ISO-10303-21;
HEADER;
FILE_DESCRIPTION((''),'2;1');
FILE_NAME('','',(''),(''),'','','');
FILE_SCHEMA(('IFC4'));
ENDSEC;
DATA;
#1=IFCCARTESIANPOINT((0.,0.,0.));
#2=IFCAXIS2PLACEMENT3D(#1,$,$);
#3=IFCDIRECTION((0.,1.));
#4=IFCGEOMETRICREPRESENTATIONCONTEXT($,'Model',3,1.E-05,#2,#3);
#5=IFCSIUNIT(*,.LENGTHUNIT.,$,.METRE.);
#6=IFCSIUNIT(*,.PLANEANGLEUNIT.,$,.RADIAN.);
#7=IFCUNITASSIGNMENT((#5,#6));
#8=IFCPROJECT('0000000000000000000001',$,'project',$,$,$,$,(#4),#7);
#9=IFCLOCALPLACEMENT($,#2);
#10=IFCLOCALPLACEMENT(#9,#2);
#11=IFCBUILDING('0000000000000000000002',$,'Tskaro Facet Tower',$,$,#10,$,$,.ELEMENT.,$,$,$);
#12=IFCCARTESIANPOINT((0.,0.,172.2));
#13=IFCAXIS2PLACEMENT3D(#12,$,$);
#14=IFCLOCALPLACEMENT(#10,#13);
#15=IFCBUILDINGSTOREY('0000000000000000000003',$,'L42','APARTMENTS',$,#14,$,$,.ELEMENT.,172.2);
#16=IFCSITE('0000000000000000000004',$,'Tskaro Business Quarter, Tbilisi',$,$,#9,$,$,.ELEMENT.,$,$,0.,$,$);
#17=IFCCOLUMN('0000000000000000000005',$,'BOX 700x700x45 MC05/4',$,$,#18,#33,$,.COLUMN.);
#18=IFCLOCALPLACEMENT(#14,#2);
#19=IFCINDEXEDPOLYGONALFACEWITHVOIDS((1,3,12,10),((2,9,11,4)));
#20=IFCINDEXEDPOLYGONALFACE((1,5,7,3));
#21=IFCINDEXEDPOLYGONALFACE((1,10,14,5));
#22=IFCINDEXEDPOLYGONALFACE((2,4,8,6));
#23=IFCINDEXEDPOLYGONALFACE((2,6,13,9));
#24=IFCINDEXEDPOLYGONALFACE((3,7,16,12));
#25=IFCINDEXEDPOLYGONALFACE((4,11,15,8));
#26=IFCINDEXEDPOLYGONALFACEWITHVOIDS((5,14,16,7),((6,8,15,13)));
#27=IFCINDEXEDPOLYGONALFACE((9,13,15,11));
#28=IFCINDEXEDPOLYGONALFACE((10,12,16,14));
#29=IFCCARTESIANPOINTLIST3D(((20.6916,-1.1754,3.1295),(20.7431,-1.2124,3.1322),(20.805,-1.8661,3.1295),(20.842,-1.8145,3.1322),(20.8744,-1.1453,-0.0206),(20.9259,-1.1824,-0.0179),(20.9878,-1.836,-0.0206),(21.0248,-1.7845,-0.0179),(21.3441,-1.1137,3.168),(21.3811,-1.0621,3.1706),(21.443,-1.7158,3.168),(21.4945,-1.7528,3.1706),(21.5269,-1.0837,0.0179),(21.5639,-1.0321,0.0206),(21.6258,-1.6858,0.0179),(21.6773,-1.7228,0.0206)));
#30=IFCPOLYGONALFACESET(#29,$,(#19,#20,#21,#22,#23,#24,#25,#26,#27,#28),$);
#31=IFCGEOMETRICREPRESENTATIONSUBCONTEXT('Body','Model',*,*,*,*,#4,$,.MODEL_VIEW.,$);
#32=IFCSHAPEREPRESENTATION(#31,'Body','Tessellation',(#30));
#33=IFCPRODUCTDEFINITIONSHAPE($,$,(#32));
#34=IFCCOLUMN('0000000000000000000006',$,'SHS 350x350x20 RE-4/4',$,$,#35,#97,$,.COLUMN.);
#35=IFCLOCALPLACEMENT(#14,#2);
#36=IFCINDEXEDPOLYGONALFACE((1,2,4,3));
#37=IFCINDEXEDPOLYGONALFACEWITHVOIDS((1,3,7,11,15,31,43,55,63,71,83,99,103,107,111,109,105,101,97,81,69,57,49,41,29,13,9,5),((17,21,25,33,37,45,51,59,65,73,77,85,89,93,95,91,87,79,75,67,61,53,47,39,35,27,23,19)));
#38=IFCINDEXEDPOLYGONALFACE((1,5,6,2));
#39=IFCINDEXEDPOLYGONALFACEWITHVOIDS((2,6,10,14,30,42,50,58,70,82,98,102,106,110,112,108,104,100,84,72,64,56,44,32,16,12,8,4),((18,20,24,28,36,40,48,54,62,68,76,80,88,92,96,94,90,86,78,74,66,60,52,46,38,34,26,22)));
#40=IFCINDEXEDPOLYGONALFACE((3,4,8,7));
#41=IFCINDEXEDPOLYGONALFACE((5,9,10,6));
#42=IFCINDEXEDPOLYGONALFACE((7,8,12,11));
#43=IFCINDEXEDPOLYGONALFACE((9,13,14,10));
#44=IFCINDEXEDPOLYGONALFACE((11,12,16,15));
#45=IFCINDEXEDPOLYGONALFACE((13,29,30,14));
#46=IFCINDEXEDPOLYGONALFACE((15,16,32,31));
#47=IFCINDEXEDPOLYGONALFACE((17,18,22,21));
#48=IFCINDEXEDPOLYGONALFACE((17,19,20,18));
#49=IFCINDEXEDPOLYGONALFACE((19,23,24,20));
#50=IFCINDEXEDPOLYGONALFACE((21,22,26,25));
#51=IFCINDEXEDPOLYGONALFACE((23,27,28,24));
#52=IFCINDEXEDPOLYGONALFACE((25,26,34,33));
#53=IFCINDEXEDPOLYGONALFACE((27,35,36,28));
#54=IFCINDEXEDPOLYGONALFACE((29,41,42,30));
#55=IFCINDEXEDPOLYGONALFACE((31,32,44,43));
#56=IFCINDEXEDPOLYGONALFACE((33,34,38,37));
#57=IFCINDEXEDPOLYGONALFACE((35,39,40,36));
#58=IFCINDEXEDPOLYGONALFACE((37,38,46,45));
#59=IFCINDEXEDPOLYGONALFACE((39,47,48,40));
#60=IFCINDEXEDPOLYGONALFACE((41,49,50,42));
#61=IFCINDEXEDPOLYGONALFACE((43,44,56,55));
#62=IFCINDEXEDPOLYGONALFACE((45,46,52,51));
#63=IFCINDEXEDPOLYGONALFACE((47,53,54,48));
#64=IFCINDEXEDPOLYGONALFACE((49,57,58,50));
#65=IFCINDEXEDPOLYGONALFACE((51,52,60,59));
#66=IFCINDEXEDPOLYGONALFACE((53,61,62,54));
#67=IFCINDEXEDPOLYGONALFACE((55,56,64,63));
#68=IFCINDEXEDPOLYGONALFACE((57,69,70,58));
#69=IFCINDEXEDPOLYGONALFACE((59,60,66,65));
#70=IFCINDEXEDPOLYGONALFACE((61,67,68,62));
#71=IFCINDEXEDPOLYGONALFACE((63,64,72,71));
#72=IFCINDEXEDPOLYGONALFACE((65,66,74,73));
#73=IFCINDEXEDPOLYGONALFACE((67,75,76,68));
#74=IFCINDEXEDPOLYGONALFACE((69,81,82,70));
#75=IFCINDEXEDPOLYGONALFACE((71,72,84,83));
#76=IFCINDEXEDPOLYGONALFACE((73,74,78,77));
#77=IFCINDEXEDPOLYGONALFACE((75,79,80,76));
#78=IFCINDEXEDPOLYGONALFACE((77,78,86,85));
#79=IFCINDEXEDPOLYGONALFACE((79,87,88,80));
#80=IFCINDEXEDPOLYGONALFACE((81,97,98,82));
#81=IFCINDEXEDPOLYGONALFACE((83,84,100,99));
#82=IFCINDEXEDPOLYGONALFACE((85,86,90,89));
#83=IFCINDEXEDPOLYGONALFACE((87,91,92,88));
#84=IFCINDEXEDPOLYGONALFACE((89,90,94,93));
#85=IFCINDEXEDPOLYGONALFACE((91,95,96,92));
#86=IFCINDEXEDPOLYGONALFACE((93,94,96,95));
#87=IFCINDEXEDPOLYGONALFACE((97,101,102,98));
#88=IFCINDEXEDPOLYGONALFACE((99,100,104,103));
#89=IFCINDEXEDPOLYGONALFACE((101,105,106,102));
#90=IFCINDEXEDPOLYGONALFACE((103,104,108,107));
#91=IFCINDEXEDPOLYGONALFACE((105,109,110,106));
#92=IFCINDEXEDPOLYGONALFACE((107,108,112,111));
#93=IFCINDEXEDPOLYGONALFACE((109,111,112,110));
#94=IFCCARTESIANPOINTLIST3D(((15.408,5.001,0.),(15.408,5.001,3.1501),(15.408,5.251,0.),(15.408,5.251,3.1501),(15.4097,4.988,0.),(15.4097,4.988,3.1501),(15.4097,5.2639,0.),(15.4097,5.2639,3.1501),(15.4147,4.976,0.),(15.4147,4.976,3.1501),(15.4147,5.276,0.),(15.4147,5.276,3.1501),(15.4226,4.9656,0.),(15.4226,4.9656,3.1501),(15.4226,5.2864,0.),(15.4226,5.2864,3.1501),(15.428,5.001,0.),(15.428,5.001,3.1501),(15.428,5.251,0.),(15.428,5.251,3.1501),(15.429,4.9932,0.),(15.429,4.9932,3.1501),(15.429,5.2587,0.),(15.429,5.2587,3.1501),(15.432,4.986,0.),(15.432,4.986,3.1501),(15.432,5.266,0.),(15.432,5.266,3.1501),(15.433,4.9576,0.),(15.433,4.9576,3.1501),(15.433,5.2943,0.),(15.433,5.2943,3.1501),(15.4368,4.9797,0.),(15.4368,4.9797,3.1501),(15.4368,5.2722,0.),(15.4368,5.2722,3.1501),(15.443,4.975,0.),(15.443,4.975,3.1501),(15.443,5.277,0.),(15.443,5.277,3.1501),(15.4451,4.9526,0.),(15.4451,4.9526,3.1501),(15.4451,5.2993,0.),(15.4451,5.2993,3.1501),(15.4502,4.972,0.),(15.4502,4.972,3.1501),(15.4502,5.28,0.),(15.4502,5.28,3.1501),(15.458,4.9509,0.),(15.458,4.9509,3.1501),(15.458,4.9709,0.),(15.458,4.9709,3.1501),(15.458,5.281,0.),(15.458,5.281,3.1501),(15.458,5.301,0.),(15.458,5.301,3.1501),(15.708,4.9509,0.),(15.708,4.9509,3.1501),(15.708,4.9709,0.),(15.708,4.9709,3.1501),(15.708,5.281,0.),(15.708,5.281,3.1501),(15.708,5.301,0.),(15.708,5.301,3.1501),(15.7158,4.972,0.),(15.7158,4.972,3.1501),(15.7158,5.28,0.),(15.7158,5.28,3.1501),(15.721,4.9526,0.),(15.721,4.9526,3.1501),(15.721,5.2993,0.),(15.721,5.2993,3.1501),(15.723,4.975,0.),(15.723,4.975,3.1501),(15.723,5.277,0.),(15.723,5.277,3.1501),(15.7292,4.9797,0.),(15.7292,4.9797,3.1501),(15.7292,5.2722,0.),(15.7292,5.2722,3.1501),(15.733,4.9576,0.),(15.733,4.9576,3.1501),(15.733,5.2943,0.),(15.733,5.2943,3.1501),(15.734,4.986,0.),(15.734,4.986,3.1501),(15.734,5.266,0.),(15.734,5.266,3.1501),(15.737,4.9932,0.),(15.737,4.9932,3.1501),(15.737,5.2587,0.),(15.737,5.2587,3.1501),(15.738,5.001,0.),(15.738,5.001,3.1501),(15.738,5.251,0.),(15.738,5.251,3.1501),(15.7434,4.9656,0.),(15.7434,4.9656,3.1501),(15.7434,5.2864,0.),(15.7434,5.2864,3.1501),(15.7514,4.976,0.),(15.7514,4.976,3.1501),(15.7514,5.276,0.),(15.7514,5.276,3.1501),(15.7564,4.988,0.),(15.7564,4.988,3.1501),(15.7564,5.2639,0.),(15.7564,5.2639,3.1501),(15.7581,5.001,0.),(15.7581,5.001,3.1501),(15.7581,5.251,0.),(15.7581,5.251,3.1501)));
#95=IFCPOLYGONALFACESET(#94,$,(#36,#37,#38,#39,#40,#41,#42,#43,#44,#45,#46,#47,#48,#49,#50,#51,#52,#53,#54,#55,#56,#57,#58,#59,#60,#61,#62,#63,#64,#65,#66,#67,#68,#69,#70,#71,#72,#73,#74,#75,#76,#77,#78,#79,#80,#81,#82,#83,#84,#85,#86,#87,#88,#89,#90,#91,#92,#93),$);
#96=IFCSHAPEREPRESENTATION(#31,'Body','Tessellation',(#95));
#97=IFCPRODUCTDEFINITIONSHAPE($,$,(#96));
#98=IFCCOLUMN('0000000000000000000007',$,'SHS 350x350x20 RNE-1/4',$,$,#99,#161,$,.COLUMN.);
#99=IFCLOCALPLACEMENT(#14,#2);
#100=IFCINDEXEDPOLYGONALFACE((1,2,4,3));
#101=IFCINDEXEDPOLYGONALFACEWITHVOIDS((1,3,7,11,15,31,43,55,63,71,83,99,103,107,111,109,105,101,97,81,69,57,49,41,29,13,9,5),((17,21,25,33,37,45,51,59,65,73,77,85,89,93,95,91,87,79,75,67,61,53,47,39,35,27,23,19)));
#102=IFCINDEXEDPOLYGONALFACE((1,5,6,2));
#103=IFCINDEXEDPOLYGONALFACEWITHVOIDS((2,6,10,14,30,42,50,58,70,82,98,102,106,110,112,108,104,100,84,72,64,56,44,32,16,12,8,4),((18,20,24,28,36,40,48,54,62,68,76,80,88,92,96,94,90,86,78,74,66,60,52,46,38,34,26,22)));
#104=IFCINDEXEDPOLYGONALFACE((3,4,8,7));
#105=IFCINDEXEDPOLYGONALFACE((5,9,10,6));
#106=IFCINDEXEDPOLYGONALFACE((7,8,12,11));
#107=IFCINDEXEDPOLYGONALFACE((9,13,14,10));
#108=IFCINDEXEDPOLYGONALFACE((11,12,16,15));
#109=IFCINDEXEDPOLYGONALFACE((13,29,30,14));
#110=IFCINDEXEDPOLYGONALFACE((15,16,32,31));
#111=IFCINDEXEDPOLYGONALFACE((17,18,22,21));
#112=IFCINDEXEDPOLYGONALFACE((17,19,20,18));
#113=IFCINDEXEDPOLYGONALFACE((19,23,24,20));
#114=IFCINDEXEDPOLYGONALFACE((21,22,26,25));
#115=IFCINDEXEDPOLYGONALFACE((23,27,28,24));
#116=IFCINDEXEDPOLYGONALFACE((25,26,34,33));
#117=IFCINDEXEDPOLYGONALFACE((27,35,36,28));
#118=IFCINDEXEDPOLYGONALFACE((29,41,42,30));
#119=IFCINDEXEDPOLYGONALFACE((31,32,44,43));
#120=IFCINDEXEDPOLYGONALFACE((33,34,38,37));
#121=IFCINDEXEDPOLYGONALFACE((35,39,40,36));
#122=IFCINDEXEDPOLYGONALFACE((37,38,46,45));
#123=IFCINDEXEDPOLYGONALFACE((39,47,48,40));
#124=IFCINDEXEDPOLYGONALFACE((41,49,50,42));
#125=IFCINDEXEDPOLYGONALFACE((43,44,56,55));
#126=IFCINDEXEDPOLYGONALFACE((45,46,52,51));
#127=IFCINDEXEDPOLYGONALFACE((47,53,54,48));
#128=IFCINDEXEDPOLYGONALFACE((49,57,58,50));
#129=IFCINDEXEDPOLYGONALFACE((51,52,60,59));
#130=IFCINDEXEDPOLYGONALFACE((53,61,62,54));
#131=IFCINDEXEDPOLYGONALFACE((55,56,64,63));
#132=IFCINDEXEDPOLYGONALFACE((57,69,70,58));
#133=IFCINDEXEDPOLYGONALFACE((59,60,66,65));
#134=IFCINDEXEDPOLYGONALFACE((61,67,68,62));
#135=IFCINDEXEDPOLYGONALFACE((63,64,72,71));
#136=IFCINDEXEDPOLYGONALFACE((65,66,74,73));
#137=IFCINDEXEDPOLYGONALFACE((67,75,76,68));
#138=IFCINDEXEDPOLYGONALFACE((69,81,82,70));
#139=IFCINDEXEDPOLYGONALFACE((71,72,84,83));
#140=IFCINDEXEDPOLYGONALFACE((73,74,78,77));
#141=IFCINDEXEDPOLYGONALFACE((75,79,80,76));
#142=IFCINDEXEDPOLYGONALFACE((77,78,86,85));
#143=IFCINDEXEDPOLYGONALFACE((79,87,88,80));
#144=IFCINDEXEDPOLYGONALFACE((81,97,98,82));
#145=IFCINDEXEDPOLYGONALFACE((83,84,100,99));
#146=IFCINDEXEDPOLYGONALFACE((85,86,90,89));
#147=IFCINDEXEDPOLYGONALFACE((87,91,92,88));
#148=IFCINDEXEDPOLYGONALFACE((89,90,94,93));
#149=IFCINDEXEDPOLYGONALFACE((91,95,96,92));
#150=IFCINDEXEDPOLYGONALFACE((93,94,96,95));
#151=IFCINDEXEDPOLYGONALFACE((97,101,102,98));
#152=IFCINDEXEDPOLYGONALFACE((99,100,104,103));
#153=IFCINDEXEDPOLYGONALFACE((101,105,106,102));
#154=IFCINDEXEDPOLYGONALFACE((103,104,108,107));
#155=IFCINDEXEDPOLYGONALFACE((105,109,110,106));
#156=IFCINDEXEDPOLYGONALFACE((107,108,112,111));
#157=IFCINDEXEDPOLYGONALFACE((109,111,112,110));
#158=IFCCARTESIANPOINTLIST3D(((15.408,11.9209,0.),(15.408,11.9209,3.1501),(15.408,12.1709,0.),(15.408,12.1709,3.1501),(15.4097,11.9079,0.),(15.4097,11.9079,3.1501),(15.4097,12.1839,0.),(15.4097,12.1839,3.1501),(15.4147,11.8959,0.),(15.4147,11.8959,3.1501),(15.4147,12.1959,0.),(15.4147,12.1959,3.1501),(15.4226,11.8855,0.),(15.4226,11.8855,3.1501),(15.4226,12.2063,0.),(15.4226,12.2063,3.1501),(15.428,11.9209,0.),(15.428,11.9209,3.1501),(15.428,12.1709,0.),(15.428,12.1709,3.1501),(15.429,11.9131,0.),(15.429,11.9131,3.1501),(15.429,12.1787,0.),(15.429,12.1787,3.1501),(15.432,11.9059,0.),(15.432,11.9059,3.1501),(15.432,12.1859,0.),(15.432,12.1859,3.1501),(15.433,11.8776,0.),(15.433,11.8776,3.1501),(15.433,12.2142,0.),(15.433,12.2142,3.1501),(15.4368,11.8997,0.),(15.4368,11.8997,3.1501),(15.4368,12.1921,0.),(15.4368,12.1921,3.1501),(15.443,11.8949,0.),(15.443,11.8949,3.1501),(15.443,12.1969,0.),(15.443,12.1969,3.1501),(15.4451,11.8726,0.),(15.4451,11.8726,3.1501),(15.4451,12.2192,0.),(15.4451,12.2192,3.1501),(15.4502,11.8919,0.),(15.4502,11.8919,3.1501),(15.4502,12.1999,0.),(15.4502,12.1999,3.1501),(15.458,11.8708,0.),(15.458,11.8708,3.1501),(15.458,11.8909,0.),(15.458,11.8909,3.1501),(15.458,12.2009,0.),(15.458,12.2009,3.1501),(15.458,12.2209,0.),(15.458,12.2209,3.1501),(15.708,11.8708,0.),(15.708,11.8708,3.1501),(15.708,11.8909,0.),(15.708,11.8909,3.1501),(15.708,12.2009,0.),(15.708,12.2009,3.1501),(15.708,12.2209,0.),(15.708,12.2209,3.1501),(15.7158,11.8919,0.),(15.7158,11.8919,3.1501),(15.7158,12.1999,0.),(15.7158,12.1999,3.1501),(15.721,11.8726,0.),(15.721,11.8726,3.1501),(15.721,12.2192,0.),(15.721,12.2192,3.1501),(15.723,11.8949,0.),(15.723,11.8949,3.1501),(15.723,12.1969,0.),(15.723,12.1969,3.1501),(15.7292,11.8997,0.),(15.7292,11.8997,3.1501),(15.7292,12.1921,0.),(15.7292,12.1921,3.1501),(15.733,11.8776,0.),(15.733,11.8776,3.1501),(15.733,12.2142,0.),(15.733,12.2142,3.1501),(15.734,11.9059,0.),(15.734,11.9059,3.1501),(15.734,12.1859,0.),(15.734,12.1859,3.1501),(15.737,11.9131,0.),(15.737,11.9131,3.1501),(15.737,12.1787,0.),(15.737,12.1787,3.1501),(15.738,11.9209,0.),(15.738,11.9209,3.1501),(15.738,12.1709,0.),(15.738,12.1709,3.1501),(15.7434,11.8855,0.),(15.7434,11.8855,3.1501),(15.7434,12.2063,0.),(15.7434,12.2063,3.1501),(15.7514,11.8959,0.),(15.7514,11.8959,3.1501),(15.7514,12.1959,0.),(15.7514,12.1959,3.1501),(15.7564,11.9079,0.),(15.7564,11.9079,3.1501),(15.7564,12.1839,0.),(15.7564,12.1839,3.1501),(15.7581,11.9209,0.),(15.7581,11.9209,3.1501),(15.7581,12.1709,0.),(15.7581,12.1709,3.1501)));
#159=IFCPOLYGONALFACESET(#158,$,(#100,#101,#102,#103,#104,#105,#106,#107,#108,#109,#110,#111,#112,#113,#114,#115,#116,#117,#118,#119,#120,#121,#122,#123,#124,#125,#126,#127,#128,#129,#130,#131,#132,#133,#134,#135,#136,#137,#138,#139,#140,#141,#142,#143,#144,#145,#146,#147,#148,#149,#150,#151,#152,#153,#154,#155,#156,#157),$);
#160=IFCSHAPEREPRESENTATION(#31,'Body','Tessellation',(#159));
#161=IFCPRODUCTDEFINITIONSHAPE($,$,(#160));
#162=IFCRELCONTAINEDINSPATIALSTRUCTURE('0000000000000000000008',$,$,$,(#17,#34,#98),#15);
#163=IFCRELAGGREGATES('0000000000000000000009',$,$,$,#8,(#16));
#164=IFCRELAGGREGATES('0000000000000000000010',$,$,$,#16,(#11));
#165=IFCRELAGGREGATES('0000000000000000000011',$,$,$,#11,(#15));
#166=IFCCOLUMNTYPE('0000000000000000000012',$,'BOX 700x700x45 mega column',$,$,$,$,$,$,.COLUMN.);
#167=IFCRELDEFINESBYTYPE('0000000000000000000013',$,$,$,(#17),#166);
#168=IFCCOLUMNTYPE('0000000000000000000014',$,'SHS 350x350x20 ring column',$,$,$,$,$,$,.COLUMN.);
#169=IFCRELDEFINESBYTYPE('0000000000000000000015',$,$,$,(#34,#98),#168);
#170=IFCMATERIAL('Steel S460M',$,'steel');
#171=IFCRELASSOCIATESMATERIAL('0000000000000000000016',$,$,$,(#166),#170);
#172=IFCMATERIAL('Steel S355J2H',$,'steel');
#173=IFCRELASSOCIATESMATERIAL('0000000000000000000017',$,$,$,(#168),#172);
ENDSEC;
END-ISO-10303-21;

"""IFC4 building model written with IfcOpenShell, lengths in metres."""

from ifc_helpers import new_model, si_unit, direction, frame, origin, origin_2d, place, context, subcontext, project, spatial, hollow_rectangle, extrude, material, material_profile, profile_set, type_object, element, save


model = new_model("IFC4")

# Units and contexts
model_context = context("Model", 3, precision=1e-05, world=origin(), true_north=direction((0.0, 1.0)))
body_context = subcontext(model_context, "Body", "Model", "MODEL_VIEW")
ifc_project = project(units=[si_unit("LENGTHUNIT", "METRE"), si_unit("PLANEANGLEUNIT", "RADIAN")], contexts=[model_context])

# Site, building, storey
site_placement = place(None, origin())
site = spatial("IfcSite", under=ifc_project, at=site_placement, Name="Tskaro Business Quarter, Tbilisi", CompositionType="ELEMENT", RefElevation=0.0)
building_placement = place(site_placement, origin())
building = spatial("IfcBuilding", under=site, at=building_placement, Name="Tskaro Facet Tower", CompositionType="ELEMENT")
storey_placement = place(building_placement, frame((0.0, 0.0, 172.2)))
storey = spatial("IfcBuildingStorey", under=building, at=storey_placement, Name="L42", Description="APARTMENTS", CompositionType="ELEMENT", Elevation=172.2)

# Columns
ifc_material_1 = material(Name="Steel S460M", Category="steel")
ifc_material_profile_1 = material_profile(ifc_material_1, hollow_rectangle(XDim=0.7, YDim=0.7, WallThickness=0.0449, at=origin_2d()), Name="BOX 700x700x45")
ifc_profile_set_1 = profile_set([ifc_material_profile_1], Name="Steel S460M")
column_type_1 = type_object("IfcColumnType", Name="BOX 700x700x45 mega column", PredefinedType="COLUMN", material=ifc_profile_set_1)
column_placement = place(storey_placement, frame((21.2759, -1.4341, 0.0), z_axis=(-0.057948, -0.009516, 0.998274), x_axis=(0.162048, -0.986783, 0.0)))
element("IfcColumn", 1, at=column_placement, inside=storey, type_object=column_type_1, Name="BOX 700x700x45 MC05/4", PredefinedType="COLUMN", context=body_context, shape_type="SweptSolid", body=[
    extrude(hollow_rectangle(XDim=0.7, YDim=0.7, WallThickness=0.0449, at=origin_2d()), origin(), (0.0, 0.0, 1.0), 3.1555),
])
ifc_material_2 = material(Name="Steel S355J2H", Category="steel")
ifc_material_profile_2 = material_profile(ifc_material_2, hollow_rectangle(XDim=0.3501, YDim=0.3501, WallThickness=0.02, InnerFilletRadius=0.03, OuterFilletRadius=0.05, at=origin_2d()), Name="SHS 350x350x20")
ifc_profile_set_2 = profile_set([ifc_material_profile_2], Name="Steel S355J2H")
column_type_2 = type_object("IfcColumnType", Name="SHS 350x350x20 ring column", PredefinedType="COLUMN", material=ifc_profile_set_2)
for number, where, z_axis, x_axis, name in (
    (2, (15.583, 5.126, 0.0), (0.0, 0.0, 1.0), (1.0, 0.0, 0.0), "SHS 350x350x20 RE-4/4"),
    (3, (15.583, 12.0459, 0.0), (0.0, 0.0, 1.0), (1.0, 0.0, 0.0), "SHS 350x350x20 RNE-1/4"),
):
    element("IfcColumn", number, at=place(storey_placement, frame(where, z_axis=z_axis, x_axis=x_axis)), inside=storey, type_object=column_type_2, Name=name, PredefinedType="COLUMN", context=body_context, shape_type="SweptSolid", body=[
        extrude(hollow_rectangle(XDim=0.3501, YDim=0.3501, WallThickness=0.02, InnerFilletRadius=0.03, OuterFilletRadius=0.05, at=origin_2d()), origin(), (0.0, 0.0, 1.0), 3.1501),
    ])

save(model, "model.ifc")
